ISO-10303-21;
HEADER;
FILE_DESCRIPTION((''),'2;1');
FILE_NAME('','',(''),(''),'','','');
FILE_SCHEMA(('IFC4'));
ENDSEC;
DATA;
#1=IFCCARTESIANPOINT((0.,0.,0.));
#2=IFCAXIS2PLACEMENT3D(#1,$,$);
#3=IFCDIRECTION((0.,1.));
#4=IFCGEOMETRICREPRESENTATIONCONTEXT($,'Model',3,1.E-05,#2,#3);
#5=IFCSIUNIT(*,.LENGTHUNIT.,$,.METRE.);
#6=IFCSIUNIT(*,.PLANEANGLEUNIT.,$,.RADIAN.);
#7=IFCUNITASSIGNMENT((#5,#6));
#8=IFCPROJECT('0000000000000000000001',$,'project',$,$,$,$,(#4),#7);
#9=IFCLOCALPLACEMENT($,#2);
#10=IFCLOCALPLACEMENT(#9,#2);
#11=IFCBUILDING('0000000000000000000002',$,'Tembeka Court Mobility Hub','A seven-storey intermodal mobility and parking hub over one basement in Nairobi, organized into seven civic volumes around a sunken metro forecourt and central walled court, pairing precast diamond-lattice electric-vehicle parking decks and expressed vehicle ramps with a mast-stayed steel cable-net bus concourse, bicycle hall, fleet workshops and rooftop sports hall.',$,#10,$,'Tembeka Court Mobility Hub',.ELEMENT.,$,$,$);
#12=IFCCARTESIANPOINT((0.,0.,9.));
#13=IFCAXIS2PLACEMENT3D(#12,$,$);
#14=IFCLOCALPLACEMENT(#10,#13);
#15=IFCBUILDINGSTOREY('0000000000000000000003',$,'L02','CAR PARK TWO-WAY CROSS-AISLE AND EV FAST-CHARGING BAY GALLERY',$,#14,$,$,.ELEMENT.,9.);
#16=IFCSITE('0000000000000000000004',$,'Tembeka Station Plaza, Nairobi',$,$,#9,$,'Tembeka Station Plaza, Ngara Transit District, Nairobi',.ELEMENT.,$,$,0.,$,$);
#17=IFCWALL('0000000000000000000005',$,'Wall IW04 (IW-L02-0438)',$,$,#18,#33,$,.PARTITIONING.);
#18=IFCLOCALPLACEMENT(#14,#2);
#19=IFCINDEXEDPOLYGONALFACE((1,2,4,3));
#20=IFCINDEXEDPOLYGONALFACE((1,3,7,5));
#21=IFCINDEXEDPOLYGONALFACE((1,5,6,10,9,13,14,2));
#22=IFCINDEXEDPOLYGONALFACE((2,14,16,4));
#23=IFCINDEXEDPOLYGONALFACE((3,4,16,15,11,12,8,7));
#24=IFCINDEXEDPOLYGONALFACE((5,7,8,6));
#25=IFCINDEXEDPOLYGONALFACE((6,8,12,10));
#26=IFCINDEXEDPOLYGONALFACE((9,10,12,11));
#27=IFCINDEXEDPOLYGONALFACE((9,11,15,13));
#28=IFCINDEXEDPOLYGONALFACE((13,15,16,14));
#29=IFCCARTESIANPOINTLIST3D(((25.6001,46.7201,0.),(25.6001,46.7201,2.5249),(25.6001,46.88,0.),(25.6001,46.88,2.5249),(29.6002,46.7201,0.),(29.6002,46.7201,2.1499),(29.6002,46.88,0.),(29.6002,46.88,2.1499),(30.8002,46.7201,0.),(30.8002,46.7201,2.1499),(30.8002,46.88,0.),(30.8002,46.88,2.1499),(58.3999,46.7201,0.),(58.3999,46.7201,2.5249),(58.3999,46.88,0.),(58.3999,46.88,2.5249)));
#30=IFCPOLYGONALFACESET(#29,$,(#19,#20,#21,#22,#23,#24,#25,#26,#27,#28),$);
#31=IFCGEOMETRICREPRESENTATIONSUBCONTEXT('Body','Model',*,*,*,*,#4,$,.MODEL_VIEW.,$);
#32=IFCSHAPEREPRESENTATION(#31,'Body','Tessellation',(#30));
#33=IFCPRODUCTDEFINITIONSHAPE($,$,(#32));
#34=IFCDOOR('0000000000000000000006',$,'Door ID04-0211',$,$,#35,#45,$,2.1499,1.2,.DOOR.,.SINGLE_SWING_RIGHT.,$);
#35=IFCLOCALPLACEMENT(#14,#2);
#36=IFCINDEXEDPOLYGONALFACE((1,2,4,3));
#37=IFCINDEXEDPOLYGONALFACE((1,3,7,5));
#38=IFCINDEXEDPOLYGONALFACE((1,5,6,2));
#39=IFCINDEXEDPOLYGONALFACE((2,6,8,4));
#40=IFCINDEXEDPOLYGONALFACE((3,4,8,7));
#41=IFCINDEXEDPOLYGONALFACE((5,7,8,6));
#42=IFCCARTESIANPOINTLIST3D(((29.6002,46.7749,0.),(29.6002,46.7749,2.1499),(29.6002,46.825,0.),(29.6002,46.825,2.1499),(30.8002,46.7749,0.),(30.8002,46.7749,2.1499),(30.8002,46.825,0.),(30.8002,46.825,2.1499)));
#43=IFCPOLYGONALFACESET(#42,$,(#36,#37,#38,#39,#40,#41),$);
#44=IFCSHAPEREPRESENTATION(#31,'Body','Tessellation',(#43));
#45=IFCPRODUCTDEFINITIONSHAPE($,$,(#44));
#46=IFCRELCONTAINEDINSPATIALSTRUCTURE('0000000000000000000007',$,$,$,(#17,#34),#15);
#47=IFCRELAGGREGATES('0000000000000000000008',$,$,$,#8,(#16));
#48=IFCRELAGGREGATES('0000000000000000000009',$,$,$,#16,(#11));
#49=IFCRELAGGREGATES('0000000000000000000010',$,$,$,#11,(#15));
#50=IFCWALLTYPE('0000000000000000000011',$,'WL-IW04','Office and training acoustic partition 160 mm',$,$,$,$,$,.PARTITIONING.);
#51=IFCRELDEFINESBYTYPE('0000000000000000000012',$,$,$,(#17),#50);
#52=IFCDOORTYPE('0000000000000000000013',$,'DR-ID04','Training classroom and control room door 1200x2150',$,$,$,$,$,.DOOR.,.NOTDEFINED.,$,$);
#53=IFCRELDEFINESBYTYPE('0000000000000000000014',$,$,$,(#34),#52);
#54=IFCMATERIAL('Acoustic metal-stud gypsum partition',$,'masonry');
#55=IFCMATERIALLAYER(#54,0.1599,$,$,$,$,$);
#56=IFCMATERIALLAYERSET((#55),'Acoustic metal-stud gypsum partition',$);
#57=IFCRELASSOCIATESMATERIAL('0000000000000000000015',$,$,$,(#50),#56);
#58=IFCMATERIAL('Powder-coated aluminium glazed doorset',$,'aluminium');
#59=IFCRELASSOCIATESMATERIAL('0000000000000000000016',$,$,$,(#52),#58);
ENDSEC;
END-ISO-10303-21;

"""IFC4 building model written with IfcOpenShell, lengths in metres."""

from ifc_helpers import new_model, si_unit, direction, frame, frame_2d, origin, place, context, subcontext, project, spatial, rectangle, extrude, material, layer, layer_set, type_object, element, fill, save


model = new_model("IFC4")

# Units and contexts
model_context = context("Model", 3, precision=1e-05, world=origin(), true_north=direction((0.0, 1.0)))
body_context = subcontext(model_context, "Body", "Model", "MODEL_VIEW")
ifc_project = project(units=[si_unit("LENGTHUNIT", "METRE"), si_unit("PLANEANGLEUNIT", "RADIAN")], contexts=[model_context])

# Site, building, storey
site_placement = place(None, origin())
site = spatial("IfcSite", under=ifc_project, at=site_placement, Name="Tembeka Station Plaza, Nairobi", LongName="Tembeka Station Plaza, Ngara Transit District, Nairobi", CompositionType="ELEMENT", RefElevation=0.0)
building_placement = place(site_placement, origin())
building = spatial("IfcBuilding", under=site, at=building_placement, Name="Tembeka Court Mobility Hub", Description="A seven-storey intermodal mobility and parking hub over one basement in Nairobi, organized into seven civic volumes around a sunken metro forecourt and central walled court, pairing precast diamond-lattice electric-vehicle parking decks and expressed vehicle ramps with a mast-stayed steel cable-net bus concourse, bicycle hall, fleet workshops and rooftop sports hall.", LongName="Tembeka Court Mobility Hub", CompositionType="ELEMENT")
storey_placement = place(building_placement, frame((0.0, 0.0, 9.0)))
storey = spatial("IfcBuildingStorey", under=building, at=storey_placement, Name="L02", Description="CAR PARK TWO-WAY CROSS-AISLE AND EV FAST-CHARGING BAY GALLERY", CompositionType="ELEMENT", Elevation=9.0)

# Wall, opening, door
ifc_material_1 = material(Name="Acoustic metal-stud gypsum partition", Category="masonry")
ifc_layer = layer(ifc_material_1, 0.1599)
ifc_layer_set = layer_set([ifc_layer], Name="Acoustic metal-stud gypsum partition")
wall_type = type_object("IfcWallType", Name="WL-IW04", Description="Office and training acoustic partition 160 mm", PredefinedType="PARTITIONING", material=ifc_layer_set)
wall_placement = place(storey_placement, frame((25.6001, 46.8, 0.0), z_axis=(0.0, 0.0, 1.0), x_axis=(1.0, 0.0, 0.0)))
wall = element("IfcWall", 1, at=wall_placement, inside=storey, type_object=wall_type, Name="Wall IW04 (IW-L02-0438)", PredefinedType="PARTITIONING", context=body_context, shape_type="SweptSolid", body=[
    extrude(rectangle(XDim=32.7998, YDim=0.1599, at=frame_2d((16.3999, 0.0))), origin(), (0.0, 0.0, 1.0), 2.5249),
])
opening_placement = place(wall_placement, frame((4.0, 0.0, 0.0)))
opening = element("IfcOpeningElement", 2, at=opening_placement, cuts=wall, PredefinedType="OPENING", context=body_context, shape_type="SweptSolid", body=[
    extrude(rectangle(XDim=1.2, YDim=2.1499, at=frame_2d((0.6001, 1.075))), frame((0.0, 0.0898, 0.0), z_axis=(0.0, -1.0, 0.0), x_axis=(1.0, 0.0, 0.0)), (0.0, 0.0, 1.0), 0.1799),
])
ifc_material_2 = material(Name="Powder-coated aluminium glazed doorset", Category="aluminium")
door_type = type_object("IfcDoorType", Name="DR-ID04", Description="Training classroom and control room door 1200x2150", OperationType="NOTDEFINED", PredefinedType="DOOR", material=ifc_material_2)
door_placement = place(opening_placement, origin())
door = element("IfcDoor", 3, at=door_placement, inside=storey, type_object=door_type, Name="Door ID04-0211", OperationType="SINGLE_SWING_RIGHT", OverallHeight=2.1499, OverallWidth=1.2, PredefinedType="DOOR", context=body_context, shape_type="SweptSolid", body=[
    extrude(rectangle(XDim=1.2, YDim=2.1499, at=frame_2d((0.6001, 1.075))), frame((0.0, 0.0249, 0.0), z_axis=(0.0, -1.0, 0.0), x_axis=(1.0, 0.0, 0.0)), (0.0, 0.0, 1.0), 0.05),
])
fill(opening, door)

save(model, "model.ifc")
